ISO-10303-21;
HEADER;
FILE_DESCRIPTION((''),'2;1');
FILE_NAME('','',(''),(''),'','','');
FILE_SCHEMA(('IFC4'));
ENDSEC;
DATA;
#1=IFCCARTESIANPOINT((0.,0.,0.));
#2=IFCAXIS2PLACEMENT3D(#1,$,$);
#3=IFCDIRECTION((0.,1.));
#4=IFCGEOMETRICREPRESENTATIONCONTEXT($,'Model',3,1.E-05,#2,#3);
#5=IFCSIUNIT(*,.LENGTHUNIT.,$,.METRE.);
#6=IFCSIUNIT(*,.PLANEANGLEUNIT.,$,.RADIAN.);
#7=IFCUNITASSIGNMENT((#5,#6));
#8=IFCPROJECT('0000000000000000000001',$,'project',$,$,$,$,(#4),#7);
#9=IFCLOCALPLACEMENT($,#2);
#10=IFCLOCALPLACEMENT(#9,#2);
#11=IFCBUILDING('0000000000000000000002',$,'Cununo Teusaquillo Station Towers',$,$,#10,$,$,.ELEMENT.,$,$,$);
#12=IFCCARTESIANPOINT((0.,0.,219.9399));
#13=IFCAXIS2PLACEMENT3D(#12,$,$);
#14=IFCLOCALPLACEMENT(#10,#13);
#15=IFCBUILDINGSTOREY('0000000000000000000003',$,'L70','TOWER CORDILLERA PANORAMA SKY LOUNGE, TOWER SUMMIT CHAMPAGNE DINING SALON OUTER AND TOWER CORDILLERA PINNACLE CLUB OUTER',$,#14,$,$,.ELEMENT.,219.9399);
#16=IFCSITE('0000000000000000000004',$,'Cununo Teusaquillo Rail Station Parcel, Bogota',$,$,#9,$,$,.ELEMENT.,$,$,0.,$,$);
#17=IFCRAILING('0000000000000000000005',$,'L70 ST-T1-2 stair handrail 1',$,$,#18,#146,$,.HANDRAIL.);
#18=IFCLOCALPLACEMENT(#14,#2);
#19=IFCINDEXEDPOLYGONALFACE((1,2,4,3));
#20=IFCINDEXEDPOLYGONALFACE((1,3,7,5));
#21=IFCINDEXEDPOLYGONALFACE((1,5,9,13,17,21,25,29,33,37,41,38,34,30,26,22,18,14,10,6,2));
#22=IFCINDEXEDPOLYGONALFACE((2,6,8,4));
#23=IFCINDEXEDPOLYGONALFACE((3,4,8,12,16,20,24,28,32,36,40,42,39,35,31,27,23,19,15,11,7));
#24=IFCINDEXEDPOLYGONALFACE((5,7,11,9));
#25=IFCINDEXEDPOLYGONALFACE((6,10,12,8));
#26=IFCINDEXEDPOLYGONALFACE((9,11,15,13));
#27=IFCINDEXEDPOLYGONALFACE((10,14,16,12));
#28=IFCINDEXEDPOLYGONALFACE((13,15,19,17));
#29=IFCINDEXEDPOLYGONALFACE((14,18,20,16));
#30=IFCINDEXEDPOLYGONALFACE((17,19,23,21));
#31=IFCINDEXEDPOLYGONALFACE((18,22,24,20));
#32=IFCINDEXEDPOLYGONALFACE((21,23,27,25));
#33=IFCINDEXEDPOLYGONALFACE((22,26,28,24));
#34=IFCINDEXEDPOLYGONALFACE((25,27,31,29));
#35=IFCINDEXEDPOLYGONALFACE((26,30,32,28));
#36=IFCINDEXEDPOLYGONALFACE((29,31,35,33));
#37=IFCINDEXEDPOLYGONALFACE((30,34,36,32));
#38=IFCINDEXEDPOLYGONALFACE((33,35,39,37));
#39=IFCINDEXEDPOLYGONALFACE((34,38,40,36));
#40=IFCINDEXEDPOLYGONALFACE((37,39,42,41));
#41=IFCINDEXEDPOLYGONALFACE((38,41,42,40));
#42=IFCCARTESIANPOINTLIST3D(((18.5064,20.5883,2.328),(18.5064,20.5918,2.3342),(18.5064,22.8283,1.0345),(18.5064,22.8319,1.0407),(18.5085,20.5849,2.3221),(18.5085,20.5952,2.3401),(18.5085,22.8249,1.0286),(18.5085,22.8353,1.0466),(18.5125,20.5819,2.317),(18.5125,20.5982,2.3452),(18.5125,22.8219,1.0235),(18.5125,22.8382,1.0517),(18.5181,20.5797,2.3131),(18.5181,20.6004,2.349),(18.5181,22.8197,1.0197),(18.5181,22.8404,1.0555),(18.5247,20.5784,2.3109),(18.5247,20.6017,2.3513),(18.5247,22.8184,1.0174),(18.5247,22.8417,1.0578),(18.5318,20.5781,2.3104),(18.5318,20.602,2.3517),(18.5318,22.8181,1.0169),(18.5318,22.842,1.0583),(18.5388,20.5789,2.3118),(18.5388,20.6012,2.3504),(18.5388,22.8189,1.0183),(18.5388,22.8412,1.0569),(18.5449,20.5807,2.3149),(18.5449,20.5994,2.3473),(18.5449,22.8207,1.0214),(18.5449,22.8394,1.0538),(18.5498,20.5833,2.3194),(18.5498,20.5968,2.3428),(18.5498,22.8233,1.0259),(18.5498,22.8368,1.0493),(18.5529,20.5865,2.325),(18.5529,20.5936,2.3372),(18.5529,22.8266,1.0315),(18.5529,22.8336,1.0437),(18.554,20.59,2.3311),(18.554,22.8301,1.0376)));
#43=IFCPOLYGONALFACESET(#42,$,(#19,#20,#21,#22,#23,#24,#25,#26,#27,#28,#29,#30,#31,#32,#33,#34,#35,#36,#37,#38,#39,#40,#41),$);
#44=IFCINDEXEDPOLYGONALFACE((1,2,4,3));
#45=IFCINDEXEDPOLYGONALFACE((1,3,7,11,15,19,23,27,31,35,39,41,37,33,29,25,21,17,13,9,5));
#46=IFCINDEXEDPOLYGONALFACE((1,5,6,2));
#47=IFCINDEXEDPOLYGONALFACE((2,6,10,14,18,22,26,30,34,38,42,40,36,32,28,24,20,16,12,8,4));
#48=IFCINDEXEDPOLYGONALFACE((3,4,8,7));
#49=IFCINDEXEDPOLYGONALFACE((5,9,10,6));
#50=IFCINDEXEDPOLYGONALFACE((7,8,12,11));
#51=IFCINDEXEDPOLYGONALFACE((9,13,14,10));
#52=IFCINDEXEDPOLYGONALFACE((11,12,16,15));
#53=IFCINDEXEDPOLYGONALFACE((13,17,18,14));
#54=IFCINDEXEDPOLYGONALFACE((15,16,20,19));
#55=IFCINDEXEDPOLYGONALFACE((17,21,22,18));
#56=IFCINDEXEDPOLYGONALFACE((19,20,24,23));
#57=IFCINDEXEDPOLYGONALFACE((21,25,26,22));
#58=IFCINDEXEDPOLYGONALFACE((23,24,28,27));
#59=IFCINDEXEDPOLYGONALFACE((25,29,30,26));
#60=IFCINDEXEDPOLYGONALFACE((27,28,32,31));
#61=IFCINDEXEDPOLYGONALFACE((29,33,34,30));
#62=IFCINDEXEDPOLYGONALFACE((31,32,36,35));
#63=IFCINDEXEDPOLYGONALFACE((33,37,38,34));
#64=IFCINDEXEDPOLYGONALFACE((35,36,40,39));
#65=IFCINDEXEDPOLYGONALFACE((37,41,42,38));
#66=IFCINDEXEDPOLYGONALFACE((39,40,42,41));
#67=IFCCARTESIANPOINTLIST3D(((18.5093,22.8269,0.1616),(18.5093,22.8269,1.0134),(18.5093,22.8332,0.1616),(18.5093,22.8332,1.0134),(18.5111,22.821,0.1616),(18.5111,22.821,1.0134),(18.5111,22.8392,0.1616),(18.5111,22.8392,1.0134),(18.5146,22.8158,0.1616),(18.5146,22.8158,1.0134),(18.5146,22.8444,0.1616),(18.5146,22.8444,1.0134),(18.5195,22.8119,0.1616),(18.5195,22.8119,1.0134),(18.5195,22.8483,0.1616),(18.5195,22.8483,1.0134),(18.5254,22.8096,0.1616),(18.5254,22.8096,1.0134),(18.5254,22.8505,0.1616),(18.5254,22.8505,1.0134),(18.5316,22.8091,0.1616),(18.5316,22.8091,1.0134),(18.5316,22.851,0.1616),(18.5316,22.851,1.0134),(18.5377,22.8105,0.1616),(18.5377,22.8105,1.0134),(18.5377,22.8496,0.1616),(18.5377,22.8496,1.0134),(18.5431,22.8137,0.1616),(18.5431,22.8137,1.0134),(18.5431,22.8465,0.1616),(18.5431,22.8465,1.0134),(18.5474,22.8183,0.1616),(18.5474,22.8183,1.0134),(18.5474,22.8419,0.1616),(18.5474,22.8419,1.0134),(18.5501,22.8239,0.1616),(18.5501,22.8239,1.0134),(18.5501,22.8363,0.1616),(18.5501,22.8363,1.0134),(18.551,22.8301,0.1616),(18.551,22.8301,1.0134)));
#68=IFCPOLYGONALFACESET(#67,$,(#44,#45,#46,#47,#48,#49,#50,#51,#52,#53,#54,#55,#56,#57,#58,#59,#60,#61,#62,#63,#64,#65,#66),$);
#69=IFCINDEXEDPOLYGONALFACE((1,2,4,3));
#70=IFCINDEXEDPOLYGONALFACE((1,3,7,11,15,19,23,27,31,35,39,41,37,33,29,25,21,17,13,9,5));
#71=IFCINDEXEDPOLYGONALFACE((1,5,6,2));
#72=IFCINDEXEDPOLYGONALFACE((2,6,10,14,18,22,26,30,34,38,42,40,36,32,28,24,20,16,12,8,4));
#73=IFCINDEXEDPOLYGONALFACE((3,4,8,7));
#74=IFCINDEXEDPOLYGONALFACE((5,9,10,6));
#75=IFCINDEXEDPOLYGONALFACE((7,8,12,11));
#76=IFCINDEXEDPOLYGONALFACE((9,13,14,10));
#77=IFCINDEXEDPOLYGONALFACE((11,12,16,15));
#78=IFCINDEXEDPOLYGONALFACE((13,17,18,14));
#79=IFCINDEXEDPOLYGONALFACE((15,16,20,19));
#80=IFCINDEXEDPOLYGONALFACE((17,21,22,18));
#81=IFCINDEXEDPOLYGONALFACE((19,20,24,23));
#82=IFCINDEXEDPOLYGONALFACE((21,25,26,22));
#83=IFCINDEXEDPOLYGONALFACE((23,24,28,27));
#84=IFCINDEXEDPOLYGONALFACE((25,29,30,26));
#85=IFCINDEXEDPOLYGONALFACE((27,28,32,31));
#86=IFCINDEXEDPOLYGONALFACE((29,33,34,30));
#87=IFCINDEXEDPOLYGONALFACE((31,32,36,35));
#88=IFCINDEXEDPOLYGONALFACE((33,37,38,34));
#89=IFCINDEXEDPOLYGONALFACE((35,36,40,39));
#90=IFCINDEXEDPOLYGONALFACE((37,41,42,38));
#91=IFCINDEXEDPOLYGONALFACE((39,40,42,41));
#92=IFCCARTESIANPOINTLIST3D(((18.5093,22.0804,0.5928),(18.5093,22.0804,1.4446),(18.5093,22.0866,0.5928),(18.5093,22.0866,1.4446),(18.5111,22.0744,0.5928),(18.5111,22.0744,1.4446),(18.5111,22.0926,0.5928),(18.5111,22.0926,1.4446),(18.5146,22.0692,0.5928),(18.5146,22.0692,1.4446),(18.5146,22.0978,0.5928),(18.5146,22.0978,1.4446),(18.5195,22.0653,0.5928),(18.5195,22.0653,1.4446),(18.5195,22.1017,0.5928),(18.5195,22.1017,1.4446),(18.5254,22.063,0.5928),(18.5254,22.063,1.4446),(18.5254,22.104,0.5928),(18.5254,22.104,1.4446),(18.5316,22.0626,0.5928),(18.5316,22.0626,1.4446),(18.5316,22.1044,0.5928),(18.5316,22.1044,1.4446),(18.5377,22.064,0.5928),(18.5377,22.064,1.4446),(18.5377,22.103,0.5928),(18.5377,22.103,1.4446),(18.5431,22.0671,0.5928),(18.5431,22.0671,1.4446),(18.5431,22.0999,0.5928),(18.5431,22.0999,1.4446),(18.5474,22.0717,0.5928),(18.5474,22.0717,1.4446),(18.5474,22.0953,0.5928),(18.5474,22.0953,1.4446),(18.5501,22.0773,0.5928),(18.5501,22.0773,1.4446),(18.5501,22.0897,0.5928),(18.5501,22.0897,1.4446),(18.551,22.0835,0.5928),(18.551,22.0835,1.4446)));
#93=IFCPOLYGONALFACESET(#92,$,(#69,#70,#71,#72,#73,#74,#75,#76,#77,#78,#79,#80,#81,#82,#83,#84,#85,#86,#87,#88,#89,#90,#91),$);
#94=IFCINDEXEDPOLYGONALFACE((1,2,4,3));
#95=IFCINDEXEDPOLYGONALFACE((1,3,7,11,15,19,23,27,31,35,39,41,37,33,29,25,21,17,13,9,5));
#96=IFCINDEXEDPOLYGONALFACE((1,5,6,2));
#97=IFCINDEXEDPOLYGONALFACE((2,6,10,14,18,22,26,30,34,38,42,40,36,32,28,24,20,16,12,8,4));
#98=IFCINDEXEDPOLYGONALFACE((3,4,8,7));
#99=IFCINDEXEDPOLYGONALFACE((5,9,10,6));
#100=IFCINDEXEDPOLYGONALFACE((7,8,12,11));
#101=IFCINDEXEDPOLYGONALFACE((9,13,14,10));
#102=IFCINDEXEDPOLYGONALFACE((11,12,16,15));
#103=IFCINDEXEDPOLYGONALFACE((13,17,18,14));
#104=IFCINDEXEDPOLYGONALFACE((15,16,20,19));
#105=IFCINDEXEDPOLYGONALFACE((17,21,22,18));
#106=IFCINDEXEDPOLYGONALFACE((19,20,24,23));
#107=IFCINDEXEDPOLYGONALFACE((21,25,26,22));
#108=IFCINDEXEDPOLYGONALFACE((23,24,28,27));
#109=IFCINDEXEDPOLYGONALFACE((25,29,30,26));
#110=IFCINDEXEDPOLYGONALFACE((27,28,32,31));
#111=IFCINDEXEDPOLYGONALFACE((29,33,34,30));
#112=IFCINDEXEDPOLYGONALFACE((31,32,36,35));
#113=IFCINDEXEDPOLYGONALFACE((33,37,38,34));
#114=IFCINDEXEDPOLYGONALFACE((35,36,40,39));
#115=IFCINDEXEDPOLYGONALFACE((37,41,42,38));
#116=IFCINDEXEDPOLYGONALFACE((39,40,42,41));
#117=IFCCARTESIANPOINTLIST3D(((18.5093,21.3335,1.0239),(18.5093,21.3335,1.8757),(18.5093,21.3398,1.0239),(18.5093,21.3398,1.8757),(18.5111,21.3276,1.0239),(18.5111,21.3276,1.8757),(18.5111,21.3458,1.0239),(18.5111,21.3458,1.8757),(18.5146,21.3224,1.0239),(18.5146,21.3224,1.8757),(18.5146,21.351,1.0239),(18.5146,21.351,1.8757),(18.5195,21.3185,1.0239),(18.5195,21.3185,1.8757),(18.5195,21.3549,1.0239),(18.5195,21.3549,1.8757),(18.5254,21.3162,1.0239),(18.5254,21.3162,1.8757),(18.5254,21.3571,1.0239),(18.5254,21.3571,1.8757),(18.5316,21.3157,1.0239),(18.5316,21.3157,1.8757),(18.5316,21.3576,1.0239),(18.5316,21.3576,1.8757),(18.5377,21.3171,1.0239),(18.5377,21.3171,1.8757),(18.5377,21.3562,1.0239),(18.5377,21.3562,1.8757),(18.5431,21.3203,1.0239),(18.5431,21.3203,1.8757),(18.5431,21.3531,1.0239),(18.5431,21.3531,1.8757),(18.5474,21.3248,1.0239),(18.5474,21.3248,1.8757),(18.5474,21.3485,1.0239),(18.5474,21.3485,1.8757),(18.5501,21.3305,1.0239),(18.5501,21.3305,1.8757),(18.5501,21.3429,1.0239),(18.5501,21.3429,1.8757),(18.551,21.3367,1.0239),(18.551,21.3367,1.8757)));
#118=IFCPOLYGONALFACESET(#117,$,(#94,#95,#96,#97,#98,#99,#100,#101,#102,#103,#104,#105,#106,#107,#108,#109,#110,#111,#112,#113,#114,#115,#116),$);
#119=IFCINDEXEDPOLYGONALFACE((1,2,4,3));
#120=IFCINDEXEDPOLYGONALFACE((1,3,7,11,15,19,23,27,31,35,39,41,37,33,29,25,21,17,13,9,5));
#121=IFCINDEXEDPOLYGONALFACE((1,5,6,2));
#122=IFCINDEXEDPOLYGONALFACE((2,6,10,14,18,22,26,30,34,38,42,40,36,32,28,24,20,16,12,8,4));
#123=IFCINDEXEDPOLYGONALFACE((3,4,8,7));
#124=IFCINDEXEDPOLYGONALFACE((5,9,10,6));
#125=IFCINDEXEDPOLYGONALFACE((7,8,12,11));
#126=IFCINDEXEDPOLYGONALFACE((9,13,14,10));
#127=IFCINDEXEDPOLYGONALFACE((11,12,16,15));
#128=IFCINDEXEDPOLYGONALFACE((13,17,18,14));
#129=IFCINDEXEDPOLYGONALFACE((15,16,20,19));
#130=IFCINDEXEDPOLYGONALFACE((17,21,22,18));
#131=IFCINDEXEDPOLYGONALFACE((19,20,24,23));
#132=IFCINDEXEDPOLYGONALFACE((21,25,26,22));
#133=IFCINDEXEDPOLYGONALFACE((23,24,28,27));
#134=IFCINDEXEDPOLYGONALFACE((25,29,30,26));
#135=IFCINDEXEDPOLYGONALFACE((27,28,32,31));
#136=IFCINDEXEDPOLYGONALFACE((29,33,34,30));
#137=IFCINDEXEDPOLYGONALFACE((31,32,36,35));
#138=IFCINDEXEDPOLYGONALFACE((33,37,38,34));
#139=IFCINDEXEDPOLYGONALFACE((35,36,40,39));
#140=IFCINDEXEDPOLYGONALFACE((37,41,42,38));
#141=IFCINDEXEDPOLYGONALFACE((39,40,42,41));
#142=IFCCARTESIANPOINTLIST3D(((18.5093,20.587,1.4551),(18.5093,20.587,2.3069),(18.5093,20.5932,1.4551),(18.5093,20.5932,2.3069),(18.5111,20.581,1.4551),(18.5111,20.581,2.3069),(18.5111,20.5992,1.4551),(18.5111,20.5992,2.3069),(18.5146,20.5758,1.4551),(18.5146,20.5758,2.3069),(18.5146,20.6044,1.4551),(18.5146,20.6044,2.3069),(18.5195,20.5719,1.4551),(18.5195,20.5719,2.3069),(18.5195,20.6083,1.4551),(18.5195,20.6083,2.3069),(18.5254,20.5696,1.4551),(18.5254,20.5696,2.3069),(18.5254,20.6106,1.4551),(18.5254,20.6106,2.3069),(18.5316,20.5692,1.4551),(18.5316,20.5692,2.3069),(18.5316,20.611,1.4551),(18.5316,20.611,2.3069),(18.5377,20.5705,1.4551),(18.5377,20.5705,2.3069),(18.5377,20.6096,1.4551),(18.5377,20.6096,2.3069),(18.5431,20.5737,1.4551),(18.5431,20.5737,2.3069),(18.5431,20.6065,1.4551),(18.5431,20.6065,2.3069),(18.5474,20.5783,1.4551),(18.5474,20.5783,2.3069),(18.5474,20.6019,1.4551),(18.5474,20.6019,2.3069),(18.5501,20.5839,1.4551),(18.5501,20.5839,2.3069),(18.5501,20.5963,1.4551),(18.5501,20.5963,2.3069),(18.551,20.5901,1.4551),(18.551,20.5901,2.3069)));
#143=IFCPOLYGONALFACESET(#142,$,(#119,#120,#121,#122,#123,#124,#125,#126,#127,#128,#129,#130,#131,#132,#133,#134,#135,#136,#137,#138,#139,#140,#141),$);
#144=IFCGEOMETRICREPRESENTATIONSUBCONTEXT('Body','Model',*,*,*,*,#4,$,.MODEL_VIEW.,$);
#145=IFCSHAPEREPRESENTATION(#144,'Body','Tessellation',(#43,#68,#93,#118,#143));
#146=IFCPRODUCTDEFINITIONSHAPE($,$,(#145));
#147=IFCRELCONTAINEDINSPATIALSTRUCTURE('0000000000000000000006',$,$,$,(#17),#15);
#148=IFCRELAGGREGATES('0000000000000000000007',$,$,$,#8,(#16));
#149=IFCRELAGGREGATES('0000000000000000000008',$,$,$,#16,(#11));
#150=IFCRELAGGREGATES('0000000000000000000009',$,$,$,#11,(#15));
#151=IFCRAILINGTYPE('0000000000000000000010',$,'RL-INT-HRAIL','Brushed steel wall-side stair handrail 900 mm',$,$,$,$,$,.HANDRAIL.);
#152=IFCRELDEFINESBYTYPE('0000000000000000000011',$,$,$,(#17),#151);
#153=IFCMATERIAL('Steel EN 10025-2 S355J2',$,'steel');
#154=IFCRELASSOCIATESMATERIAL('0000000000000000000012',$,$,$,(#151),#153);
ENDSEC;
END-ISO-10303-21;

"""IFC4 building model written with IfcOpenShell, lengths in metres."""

from ifc_helpers import new_model, si_unit, direction, frame, origin, origin_2d, place, context, subcontext, project, spatial, circle, extrude, material, type_object, element, save


model = new_model("IFC4")

# Units and contexts
model_context = context("Model", 3, precision=1e-05, world=origin(), true_north=direction((0.0, 1.0)))
body_context = subcontext(model_context, "Body", "Model", "MODEL_VIEW")
ifc_project = project(units=[si_unit("LENGTHUNIT", "METRE"), si_unit("PLANEANGLEUNIT", "RADIAN")], contexts=[model_context])

# Site, building, storey
site_placement = place(None, origin())
site = spatial("IfcSite", under=ifc_project, at=site_placement, Name="Cununo Teusaquillo Rail Station Parcel, Bogota", CompositionType="ELEMENT", RefElevation=0.0)
building_placement = place(site_placement, origin())
building = spatial("IfcBuilding", under=site, at=building_placement, Name="Cununo Teusaquillo Station Towers", CompositionType="ELEMENT")
storey_placement = place(building_placement, frame((0.0, 0.0, 219.9399)))
storey = spatial("IfcBuildingStorey", under=building, at=storey_placement, Name="L70", Description="TOWER CORDILLERA PANORAMA SKY LOUNGE, TOWER SUMMIT CHAMPAGNE DINING SALON OUTER AND TOWER CORDILLERA PINNACLE CLUB OUTER", CompositionType="ELEMENT", Elevation=219.9399)

# Railing
ifc_material_1 = material(Name="Steel EN 10025-2 S355J2", Category="steel")
railing_type_1 = type_object("IfcRailingType", Name="RL-INT-HRAIL", Description="Brushed steel wall-side stair handrail 900 mm", PredefinedType="HANDRAIL", material=ifc_material_1)
railing_1_placement = place(storey_placement, frame((18.53, 22.8301, 0.1616)))
element("IfcRailing", 1, at=railing_1_placement, inside=storey, type_object=railing_type_1, Name="L70 ST-T1-2 stair handrail 1", PredefinedType="HANDRAIL", context=body_context, shape_type="SweptSolid", body=[
    extrude(circle(Radius=0.0239, at=origin_2d()), frame((0.0, 0.0, 0.876), z_axis=(0.0, -0.865992, 0.500057), x_axis=(1.0, 0.0, 0.0)), (0.0, 0.0, 1.0), 2.5867),
    extrude(circle(Radius=0.021, at=origin_2d()), origin(), (0.0, 0.0, 1.0), 0.8518),
    extrude(circle(Radius=0.021, at=origin_2d()), frame((0.0, -0.7466, 0.4312)), (0.0, 0.0, 1.0), 0.8518),
    extrude(circle(Radius=0.021, at=origin_2d()), frame((0.0, -1.4934, 0.8623)), (0.0, 0.0, 1.0), 0.8518),
    extrude(circle(Radius=0.021, at=origin_2d()), frame((0.0, -2.24, 1.2935)), (0.0, 0.0, 1.0), 0.8518),
])

save(model, "model.ifc")
